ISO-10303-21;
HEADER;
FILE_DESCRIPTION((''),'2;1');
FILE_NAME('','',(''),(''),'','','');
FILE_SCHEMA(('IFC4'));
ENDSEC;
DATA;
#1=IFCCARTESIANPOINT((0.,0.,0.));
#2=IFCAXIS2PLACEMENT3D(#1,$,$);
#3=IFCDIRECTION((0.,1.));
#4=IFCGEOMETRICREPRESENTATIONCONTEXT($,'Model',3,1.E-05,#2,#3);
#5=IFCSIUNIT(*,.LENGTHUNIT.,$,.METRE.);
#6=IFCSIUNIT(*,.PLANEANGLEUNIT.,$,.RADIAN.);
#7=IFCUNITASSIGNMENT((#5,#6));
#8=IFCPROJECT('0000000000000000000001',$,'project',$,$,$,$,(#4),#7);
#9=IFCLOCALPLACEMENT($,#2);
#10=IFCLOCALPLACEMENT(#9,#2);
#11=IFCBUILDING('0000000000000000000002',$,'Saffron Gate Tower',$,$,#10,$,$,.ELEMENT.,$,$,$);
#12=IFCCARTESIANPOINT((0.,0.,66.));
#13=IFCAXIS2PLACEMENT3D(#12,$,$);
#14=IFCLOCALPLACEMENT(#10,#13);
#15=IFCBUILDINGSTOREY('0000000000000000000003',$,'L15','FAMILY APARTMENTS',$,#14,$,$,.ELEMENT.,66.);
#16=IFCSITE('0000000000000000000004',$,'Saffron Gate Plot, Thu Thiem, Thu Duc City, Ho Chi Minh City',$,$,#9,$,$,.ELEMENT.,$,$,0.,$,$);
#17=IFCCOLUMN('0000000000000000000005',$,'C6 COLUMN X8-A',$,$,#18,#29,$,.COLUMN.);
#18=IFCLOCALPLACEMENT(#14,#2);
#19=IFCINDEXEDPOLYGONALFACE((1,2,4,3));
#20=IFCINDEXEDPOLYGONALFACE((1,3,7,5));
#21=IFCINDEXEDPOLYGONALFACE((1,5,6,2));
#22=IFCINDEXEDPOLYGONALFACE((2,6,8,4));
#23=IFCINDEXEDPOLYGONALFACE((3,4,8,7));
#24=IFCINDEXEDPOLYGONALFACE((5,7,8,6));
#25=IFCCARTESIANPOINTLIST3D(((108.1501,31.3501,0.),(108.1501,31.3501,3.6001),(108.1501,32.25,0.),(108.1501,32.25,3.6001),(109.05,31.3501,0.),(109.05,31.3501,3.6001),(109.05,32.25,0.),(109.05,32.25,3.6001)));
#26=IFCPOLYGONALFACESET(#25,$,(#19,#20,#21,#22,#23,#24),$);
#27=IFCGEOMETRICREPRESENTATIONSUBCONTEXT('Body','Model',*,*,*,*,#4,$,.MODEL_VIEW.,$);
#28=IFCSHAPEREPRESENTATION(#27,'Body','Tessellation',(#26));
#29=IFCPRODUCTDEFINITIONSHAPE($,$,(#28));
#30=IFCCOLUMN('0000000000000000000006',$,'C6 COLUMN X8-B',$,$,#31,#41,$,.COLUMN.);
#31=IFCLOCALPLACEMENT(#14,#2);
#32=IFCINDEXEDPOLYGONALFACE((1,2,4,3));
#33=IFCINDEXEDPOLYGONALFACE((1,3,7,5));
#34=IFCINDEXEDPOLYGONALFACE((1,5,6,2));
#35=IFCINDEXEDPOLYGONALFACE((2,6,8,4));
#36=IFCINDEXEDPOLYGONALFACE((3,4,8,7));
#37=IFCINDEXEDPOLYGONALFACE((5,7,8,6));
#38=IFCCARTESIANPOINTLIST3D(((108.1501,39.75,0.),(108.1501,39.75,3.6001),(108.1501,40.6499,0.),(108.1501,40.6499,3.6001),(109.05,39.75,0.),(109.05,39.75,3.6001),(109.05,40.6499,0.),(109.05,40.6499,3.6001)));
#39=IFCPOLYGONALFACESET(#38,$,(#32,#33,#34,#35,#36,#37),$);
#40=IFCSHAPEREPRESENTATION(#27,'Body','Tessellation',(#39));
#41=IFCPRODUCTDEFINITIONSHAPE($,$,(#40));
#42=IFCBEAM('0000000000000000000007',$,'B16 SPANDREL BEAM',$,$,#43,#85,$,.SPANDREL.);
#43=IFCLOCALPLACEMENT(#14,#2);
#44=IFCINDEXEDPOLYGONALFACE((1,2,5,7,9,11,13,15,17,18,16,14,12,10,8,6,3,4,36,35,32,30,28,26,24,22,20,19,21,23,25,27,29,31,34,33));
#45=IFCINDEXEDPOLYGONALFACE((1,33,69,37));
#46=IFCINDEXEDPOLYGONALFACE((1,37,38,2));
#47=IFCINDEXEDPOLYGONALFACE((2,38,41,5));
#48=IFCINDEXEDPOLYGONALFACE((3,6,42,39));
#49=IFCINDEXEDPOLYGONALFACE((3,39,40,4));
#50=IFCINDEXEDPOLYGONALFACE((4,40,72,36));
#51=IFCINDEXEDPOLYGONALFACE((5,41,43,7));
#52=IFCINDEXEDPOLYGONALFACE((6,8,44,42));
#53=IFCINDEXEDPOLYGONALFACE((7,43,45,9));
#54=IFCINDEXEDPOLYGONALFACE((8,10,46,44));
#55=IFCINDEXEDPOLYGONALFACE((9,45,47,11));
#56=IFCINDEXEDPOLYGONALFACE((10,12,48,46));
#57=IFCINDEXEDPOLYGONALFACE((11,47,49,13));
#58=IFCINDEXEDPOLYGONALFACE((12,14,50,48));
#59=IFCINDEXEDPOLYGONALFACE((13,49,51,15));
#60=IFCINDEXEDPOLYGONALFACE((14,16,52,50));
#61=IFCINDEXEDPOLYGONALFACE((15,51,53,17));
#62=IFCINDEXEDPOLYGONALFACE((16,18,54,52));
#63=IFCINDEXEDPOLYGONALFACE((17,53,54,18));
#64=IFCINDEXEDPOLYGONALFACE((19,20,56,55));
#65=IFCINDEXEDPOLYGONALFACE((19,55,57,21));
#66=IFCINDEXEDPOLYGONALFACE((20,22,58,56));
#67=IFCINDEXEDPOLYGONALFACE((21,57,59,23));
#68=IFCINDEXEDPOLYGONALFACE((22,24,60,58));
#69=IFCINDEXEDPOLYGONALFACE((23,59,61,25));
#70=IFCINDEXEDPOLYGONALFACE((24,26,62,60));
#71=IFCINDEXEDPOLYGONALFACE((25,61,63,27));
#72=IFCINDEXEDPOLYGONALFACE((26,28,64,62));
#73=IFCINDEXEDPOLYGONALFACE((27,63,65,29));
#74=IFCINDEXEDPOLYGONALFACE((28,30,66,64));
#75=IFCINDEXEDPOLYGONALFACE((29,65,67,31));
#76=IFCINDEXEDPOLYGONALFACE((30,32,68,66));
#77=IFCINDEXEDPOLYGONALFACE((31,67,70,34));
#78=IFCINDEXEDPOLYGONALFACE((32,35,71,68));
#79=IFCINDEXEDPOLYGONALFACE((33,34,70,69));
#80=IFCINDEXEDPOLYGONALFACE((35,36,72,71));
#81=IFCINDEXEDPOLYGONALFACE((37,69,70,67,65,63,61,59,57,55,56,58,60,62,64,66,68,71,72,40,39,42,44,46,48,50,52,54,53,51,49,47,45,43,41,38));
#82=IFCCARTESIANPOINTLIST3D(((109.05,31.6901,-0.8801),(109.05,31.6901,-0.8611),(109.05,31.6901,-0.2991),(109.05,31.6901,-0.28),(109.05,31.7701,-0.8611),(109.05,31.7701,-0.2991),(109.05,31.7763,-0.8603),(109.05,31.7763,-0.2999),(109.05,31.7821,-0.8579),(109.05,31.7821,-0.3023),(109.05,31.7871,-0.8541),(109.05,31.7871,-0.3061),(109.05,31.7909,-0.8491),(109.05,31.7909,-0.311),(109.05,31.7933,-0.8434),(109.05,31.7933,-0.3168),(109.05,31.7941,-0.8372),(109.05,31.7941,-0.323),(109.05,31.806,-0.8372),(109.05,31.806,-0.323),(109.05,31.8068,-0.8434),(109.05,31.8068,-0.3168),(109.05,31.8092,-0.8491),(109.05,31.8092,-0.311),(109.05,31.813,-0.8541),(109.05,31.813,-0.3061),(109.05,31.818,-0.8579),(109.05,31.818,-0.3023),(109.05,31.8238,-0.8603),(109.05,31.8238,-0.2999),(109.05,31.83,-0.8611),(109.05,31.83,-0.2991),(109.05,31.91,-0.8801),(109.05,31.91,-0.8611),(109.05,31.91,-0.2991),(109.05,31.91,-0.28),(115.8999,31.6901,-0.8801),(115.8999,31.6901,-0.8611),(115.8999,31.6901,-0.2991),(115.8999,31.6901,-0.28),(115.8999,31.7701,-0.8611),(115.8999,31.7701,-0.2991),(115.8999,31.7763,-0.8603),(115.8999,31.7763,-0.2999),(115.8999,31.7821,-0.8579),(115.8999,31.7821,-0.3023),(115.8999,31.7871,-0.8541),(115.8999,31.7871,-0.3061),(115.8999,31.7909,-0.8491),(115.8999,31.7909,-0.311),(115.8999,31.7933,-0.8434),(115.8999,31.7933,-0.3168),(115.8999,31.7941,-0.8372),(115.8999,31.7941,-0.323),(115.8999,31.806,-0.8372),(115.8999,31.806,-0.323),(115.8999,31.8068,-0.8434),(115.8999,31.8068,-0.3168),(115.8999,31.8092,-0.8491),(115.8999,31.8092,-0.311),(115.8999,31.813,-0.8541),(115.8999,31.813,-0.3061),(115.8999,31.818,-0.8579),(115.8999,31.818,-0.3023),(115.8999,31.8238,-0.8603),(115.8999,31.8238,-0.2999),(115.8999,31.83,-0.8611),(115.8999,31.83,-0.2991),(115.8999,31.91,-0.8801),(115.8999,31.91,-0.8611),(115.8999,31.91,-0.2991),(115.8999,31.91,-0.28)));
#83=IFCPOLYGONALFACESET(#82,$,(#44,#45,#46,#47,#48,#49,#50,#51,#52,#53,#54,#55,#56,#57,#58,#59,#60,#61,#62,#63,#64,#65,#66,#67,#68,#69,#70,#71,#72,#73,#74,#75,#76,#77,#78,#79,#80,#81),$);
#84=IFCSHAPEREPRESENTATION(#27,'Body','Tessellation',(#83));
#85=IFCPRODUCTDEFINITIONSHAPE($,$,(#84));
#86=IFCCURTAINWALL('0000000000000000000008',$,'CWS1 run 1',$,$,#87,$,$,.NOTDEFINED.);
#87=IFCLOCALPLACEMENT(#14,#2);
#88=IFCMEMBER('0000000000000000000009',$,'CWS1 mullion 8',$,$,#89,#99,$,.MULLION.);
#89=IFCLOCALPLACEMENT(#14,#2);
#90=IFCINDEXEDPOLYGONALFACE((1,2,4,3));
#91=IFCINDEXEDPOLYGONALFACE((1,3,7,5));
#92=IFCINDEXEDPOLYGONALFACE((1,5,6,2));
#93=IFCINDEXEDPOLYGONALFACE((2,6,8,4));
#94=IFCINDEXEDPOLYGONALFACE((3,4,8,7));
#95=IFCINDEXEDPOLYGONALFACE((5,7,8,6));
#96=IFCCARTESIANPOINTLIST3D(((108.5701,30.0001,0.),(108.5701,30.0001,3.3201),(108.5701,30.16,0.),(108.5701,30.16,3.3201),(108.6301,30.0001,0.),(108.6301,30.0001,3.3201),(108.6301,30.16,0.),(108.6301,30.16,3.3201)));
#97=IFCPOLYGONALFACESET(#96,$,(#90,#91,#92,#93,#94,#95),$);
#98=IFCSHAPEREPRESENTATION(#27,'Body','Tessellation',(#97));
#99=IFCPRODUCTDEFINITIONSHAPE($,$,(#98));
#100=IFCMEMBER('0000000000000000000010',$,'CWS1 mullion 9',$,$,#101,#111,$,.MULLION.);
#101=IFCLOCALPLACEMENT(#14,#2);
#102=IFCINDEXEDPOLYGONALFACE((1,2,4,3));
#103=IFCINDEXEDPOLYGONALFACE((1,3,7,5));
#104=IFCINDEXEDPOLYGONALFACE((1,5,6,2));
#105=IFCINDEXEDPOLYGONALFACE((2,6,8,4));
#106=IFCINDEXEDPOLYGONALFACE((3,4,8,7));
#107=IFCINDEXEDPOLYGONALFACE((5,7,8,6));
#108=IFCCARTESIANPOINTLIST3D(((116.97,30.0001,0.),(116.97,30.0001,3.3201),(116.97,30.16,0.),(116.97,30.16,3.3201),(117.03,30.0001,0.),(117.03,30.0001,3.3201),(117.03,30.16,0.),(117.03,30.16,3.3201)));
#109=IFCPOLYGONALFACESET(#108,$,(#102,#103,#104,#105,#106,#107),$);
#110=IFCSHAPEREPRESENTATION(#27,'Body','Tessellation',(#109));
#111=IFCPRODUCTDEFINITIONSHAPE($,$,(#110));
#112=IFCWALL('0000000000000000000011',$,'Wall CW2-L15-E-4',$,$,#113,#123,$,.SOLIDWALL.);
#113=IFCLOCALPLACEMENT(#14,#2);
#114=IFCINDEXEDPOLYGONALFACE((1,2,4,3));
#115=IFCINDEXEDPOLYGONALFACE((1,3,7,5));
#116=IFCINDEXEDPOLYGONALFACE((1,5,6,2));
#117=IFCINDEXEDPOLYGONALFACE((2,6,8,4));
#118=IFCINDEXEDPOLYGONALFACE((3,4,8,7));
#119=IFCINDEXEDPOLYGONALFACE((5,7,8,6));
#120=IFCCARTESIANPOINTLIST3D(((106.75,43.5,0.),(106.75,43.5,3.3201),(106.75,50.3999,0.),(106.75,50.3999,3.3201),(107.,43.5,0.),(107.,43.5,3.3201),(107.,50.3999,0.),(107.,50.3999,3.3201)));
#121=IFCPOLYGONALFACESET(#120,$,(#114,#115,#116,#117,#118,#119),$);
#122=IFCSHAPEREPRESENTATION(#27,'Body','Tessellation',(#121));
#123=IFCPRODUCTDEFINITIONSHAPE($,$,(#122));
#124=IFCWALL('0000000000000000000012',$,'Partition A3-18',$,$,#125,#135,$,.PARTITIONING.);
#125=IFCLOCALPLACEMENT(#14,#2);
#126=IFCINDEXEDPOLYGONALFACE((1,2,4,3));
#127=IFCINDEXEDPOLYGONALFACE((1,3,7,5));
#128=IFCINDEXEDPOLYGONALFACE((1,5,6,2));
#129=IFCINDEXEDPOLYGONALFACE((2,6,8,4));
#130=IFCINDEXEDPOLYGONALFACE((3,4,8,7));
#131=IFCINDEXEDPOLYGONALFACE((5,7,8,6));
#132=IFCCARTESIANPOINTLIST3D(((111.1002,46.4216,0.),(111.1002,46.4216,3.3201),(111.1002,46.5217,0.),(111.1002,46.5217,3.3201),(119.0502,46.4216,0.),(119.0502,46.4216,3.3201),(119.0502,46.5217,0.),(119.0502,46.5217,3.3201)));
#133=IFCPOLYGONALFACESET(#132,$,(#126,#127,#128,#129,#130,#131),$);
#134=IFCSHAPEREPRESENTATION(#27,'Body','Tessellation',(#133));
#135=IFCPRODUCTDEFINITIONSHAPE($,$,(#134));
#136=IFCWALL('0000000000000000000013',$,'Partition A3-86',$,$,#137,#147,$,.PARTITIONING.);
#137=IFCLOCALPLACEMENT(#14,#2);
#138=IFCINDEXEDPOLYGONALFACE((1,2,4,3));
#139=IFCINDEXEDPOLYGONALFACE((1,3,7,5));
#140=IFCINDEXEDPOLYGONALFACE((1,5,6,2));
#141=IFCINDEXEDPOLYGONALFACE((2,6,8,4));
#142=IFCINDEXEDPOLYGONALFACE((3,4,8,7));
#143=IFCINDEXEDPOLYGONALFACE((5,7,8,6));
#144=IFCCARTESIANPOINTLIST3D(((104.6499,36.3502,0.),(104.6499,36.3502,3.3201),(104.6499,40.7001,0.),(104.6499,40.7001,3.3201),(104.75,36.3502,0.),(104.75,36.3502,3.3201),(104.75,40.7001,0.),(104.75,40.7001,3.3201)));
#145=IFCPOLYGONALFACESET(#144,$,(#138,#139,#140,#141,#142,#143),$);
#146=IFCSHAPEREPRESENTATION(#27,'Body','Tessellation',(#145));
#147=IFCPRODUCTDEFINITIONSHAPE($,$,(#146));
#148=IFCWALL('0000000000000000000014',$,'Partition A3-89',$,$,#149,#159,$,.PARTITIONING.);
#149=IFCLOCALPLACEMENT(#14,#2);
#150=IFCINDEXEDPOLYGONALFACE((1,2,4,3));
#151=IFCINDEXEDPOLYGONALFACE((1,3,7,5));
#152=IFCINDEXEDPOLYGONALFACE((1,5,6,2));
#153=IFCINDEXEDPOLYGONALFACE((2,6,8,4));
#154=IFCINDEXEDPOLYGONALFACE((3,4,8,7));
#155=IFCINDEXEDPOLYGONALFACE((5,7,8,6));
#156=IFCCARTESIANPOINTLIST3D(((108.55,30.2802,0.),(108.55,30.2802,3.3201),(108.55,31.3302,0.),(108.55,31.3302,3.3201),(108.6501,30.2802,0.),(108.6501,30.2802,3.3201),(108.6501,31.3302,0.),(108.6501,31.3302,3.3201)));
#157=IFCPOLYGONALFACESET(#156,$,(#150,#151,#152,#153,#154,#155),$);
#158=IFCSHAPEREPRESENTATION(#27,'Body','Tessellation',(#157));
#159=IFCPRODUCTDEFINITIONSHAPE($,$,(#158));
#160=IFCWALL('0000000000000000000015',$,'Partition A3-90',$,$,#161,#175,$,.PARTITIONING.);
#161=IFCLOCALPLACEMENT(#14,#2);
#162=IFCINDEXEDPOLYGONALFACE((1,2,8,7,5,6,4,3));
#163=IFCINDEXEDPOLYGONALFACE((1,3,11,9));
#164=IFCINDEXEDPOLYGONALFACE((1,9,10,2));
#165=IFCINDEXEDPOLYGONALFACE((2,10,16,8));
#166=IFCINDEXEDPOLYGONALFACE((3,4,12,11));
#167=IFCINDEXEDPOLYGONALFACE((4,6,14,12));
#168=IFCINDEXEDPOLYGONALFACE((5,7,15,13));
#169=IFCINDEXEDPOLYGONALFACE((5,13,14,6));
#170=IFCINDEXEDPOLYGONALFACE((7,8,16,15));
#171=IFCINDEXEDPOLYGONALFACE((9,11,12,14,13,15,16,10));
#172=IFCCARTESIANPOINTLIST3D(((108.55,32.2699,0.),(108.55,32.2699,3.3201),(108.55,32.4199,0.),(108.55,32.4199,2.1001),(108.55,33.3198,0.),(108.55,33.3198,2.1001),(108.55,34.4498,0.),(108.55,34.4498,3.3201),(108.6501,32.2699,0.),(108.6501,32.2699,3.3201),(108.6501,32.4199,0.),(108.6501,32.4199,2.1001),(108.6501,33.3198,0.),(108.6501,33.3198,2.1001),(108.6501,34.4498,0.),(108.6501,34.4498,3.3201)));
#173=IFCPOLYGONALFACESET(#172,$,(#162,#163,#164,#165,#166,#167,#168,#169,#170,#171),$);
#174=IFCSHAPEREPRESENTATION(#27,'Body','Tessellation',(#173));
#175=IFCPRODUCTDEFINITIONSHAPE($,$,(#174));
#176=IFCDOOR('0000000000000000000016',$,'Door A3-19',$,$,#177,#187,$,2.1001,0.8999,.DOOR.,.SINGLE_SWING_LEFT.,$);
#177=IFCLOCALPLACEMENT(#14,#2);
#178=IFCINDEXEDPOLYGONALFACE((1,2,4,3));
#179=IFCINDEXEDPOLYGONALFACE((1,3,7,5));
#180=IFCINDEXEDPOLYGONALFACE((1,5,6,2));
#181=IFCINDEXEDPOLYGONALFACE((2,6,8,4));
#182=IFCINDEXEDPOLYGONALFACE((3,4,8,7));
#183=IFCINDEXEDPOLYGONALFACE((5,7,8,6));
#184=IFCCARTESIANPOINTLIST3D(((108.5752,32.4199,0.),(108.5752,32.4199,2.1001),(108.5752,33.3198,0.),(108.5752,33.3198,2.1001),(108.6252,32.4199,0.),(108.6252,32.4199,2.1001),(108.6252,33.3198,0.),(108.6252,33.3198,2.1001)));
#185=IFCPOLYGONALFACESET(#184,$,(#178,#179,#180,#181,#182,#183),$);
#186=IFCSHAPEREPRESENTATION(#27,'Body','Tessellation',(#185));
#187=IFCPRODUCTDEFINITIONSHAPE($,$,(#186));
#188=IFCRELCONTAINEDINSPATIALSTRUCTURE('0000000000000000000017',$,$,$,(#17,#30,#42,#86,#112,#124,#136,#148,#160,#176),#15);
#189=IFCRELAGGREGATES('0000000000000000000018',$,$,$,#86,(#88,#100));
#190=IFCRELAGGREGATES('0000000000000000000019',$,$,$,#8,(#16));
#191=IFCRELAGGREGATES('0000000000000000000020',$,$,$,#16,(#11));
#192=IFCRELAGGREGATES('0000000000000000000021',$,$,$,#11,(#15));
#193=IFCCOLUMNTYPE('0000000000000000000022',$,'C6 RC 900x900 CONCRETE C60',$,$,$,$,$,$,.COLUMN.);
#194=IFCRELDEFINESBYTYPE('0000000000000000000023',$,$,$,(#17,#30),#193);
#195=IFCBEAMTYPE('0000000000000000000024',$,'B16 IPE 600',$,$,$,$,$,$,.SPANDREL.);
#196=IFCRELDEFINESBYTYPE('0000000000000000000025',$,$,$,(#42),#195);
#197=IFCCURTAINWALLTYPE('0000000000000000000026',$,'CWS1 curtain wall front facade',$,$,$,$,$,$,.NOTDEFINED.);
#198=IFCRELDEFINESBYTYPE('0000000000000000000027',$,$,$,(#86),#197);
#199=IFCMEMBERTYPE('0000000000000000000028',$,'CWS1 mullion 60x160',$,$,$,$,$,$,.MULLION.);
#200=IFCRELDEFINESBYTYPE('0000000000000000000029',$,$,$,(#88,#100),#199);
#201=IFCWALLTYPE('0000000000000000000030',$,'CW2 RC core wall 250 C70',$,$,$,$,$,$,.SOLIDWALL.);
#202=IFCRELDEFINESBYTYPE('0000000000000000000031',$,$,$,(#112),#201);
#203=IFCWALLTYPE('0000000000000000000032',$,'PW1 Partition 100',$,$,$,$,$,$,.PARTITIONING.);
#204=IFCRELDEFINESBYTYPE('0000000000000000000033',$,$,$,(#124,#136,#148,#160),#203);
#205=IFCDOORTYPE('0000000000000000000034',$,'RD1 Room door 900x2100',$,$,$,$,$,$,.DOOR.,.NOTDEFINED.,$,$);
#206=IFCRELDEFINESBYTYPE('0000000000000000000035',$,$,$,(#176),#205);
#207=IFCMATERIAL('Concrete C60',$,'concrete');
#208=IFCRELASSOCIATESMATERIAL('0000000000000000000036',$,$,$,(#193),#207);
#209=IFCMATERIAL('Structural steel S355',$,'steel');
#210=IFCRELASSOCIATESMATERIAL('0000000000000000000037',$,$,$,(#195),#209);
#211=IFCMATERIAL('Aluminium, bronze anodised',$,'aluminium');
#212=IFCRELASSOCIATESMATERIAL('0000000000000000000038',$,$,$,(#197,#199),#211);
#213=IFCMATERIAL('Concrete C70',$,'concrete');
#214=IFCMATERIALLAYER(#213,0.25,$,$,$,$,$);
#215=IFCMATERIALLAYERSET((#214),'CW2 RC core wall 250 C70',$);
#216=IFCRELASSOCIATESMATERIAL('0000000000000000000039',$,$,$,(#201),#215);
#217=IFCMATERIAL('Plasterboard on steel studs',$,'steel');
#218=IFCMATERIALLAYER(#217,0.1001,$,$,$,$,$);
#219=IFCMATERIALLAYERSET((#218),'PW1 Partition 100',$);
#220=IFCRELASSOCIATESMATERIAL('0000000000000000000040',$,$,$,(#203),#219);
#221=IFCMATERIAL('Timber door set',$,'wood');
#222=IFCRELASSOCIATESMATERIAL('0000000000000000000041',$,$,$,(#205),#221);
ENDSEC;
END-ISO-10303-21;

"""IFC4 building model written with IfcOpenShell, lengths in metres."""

from ifc_helpers import new_model, si_unit, direction, frame, frame_2d, origin, origin_2d, place, context, subcontext, project, spatial, rectangle, i_section, extrude, material, layer, layer_set, material_profile, profile_set, type_object, element, fill, aggregate, save


model = new_model("IFC4")

# Units and contexts
model_context = context("Model", 3, precision=1e-05, world=origin(), true_north=direction((0.0, 1.0)))
body_context = subcontext(model_context, "Body", "Model", "MODEL_VIEW")
ifc_project = project(units=[si_unit("LENGTHUNIT", "METRE"), si_unit("PLANEANGLEUNIT", "RADIAN")], contexts=[model_context])

# Site, building, storey
site_placement = place(None, origin())
site = spatial("IfcSite", under=ifc_project, at=site_placement, Name="Saffron Gate Plot, Thu Thiem, Thu Duc City, Ho Chi Minh City", CompositionType="ELEMENT", RefElevation=0.0)
building_placement = place(site_placement, origin())
building = spatial("IfcBuilding", under=site, at=building_placement, Name="Saffron Gate Tower", CompositionType="ELEMENT")
storey_placement = place(building_placement, frame((0.0, 0.0, 66.0)))
storey = spatial("IfcBuildingStorey", under=building, at=storey_placement, Name="L15", Description="FAMILY APARTMENTS", CompositionType="ELEMENT", Elevation=66.0)

# Columns
ifc_material_1 = material(Name="Concrete C60", Category="concrete")
ifc_material_profile_1 = material_profile(ifc_material_1, rectangle(XDim=0.8999, YDim=0.8999, at=origin_2d()))
ifc_profile_set_1 = profile_set([ifc_material_profile_1], Name="Concrete C60")
column_type = type_object("IfcColumnType", Name="C6 RC 900x900 CONCRETE C60", PredefinedType="COLUMN", material=ifc_profile_set_1)
for number, where, z_axis, x_axis, name in (
    (1, (108.6001, 31.8, 0.0), (0.0, 0.0, 1.0), (1.0, 0.0, 0.0), "C6 COLUMN X8-A"),
    (2, (108.6001, 40.2, 0.0), (0.0, 0.0, 1.0), (1.0, 0.0, 0.0), "C6 COLUMN X8-B"),
):
    element("IfcColumn", number, at=place(storey_placement, frame(where, z_axis=z_axis, x_axis=x_axis)), inside=storey, type_object=column_type, Name=name, PredefinedType="COLUMN", context=body_context, shape_type="SweptSolid", body=[
        extrude(rectangle(XDim=0.8999, YDim=0.8999, at=origin_2d()), origin(), (0.0, 0.0, 1.0), 3.6001),
    ])

# Beam
ifc_material_2 = material(Name="Structural steel S355", Category="steel")
ifc_material_profile_2 = material_profile(ifc_material_2, i_section(OverallWidth=0.22, OverallDepth=0.6001, WebThickness=0.012, FlangeThickness=0.019, FilletRadius=0.0239, at=origin_2d()))
ifc_profile_set_2 = profile_set([ifc_material_profile_2], Name="Structural steel S355")
beam_type = type_object("IfcBeamType", Name="B16 IPE 600", PredefinedType="SPANDREL", material=ifc_profile_set_2)
beam_placement = place(storey_placement, frame((109.05, 31.8, -0.5801), z_axis=(1.0, 0.0, 0.0), x_axis=(0.0, 1.0, 0.0)))
element("IfcBeam", 3, at=beam_placement, inside=storey, type_object=beam_type, Name="B16 SPANDREL BEAM", PredefinedType="SPANDREL", context=body_context, shape_type="SweptSolid", body=[
    extrude(i_section(OverallWidth=0.22, OverallDepth=0.6001, WebThickness=0.012, FlangeThickness=0.019, FilletRadius=0.0239, at=origin_2d()), origin(), (0.0, 0.0, 1.0), 6.8499),
])

# Curtain wall, members
ifc_material_3 = material(Name="Aluminium, bronze anodised", Category="aluminium")
curtain_wall_type = type_object("IfcCurtainWallType", Name="CWS1 curtain wall front facade", PredefinedType="NOTDEFINED", material=ifc_material_3)
curtain_wall_placement = place(storey_placement, origin())
curtain_wall = element("IfcCurtainWall", 4, at=curtain_wall_placement, inside=storey, type_object=curtain_wall_type, Name="CWS1 run 1", PredefinedType="NOTDEFINED")
ifc_material_profile_3 = material_profile(ifc_material_3, rectangle(XDim=0.1599, YDim=0.0601, at=origin_2d()))
ifc_profile_set_3 = profile_set([ifc_material_profile_3], Name="Aluminium, bronze anodised")
member_type = type_object("IfcMemberType", Name="CWS1 mullion 60x160", PredefinedType="MULLION", material=ifc_profile_set_3)
member_1_placement = place(storey_placement, frame((108.6001, 30.0801, 0.0), z_axis=(0.0, 0.0, 1.0), x_axis=(0.0, 1.0, 0.0)))
member_1 = element("IfcMember", 5, at=member_1_placement, type_object=member_type, Name="CWS1 mullion 8", PredefinedType="MULLION", context=body_context, shape_type="SweptSolid", body=[
    extrude(rectangle(XDim=0.1599, YDim=0.0601, at=origin_2d()), origin(), (0.0, 0.0, 1.0), 3.3201),
])
member_2_placement = place(storey_placement, frame((117.0, 30.0801, 0.0), z_axis=(0.0, 0.0, 1.0), x_axis=(0.0, 1.0, 0.0)))
member_2 = element("IfcMember", 6, at=member_2_placement, type_object=member_type, Name="CWS1 mullion 9", PredefinedType="MULLION", context=body_context, shape_type="SweptSolid", body=[
    extrude(rectangle(XDim=0.1599, YDim=0.0601, at=origin_2d()), origin(), (0.0, 0.0, 1.0), 3.3201),
])
aggregate(curtain_wall, [member_1, member_2])

# Walls
ifc_material_4 = material(Name="Concrete C70", Category="concrete")
ifc_layer_1 = layer(ifc_material_4, 0.25)
ifc_layer_set_1 = layer_set([ifc_layer_1], Name="CW2 RC core wall 250 C70")
wall_type_1 = type_object("IfcWallType", Name="CW2 RC core wall 250 C70", PredefinedType="SOLIDWALL", material=ifc_layer_set_1)
wall_1_placement = place(storey_placement, frame((106.875, 43.5, 0.0), z_axis=(0.0, 0.0, 1.0), x_axis=(0.0, 1.0, 0.0)))
element("IfcWall", 7, at=wall_1_placement, inside=storey, type_object=wall_type_1, Name="Wall CW2-L15-E-4", PredefinedType="SOLIDWALL", context=body_context, shape_type="SweptSolid", body=[
    extrude(rectangle(XDim=6.8999, YDim=0.25, at=frame_2d((3.45, 0.0))), origin(), (0.0, 0.0, 1.0), 3.3201),
])
ifc_material_5 = material(Name="Plasterboard on steel studs", Category="steel")
ifc_layer_2 = layer(ifc_material_5, 0.1001)
ifc_layer_set_2 = layer_set([ifc_layer_2], Name="PW1 Partition 100")
wall_type_2 = type_object("IfcWallType", Name="PW1 Partition 100", PredefinedType="PARTITIONING", material=ifc_layer_set_2)
wall_2_placement = place(storey_placement, frame((111.1001, 46.4717, 0.0), z_axis=(0.0, 0.0, 1.0), x_axis=(1.0, 0.0, 0.0)))
element("IfcWall", 8, at=wall_2_placement, inside=storey, type_object=wall_type_2, Name="Partition A3-18", PredefinedType="PARTITIONING", context=body_context, shape_type="SweptSolid", body=[
    extrude(rectangle(XDim=7.95, YDim=0.1001, at=frame_2d((3.9751, 0.0))), origin(), (0.0, 0.0, 1.0), 3.3201),
])
wall_3_placement = place(storey_placement, frame((104.7, 40.7, 0.0), z_axis=(0.0, 0.0, 1.0), x_axis=(0.0, -1.0, 0.0)))
element("IfcWall", 9, at=wall_3_placement, inside=storey, type_object=wall_type_2, Name="Partition A3-86", PredefinedType="PARTITIONING", context=body_context, shape_type="SweptSolid", body=[
    extrude(rectangle(XDim=4.3499, YDim=0.1001, at=frame_2d((2.1748, 0.0))), origin(), (0.0, 0.0, 1.0), 3.3201),
])
wall_4_placement = place(storey_placement, frame((108.6001, 31.3301, 0.0), z_axis=(0.0, 0.0, 1.0), x_axis=(0.0, -1.0, 0.0)))
element("IfcWall", 10, at=wall_4_placement, inside=storey, type_object=wall_type_2, Name="Partition A3-89", PredefinedType="PARTITIONING", context=body_context, shape_type="SweptSolid", body=[
    extrude(rectangle(XDim=1.05, YDim=0.1001, at=frame_2d((0.5249, 0.0))), origin(), (0.0, 0.0, 1.0), 3.3201),
])

# Wall, opening, door
wall_5_placement = place(storey_placement, frame((108.6001, 32.27, 0.0), z_axis=(0.0, 0.0, 1.0), x_axis=(0.0, 1.0, 0.0)))
wall_5 = element("IfcWall", 11, at=wall_5_placement, inside=storey, type_object=wall_type_2, Name="Partition A3-90", PredefinedType="PARTITIONING", context=body_context, shape_type="SweptSolid", body=[
    extrude(rectangle(XDim=2.1799, YDim=0.1001, at=frame_2d((1.0898, 0.0))), origin(), (0.0, 0.0, 1.0), 3.3201),
])
opening_1_placement = place(wall_5_placement, frame((0.1499, 0.0, 0.0)))
opening_1 = element("IfcOpeningElement", 12, at=opening_1_placement, cuts=wall_5, PredefinedType="OPENING", context=body_context, shape_type="SweptSolid", body=[
    extrude(rectangle(XDim=0.8999, YDim=2.1001, at=frame_2d((0.45, 1.05))), frame((0.0, 0.0601, 0.0), z_axis=(0.0, -1.0, 0.0), x_axis=(1.0, 0.0, 0.0)), (0.0, 0.0, 1.0), 0.1201),
])
ifc_material_6 = material(Name="Timber door set", Category="wood")
door_type = type_object("IfcDoorType", Name="RD1 Room door 900x2100", OperationType="NOTDEFINED", PredefinedType="DOOR", material=ifc_material_6)
door_1_placement = place(opening_1_placement, origin())
door_1 = element("IfcDoor", 13, at=door_1_placement, inside=storey, type_object=door_type, Name="Door A3-19", OperationType="SINGLE_SWING_LEFT", OverallHeight=2.1001, OverallWidth=0.8999, PredefinedType="DOOR", context=body_context, shape_type="SweptSolid", body=[
    extrude(rectangle(XDim=0.8999, YDim=2.1001, at=frame_2d((0.45, 1.05))), frame((0.0, 0.0249, 0.0), z_axis=(0.0, -1.0, 0.0), x_axis=(1.0, 0.0, 0.0)), (0.0, 0.0, 1.0), 0.05),
])
fill(opening_1, door_1)

save(model, "model.ifc")
